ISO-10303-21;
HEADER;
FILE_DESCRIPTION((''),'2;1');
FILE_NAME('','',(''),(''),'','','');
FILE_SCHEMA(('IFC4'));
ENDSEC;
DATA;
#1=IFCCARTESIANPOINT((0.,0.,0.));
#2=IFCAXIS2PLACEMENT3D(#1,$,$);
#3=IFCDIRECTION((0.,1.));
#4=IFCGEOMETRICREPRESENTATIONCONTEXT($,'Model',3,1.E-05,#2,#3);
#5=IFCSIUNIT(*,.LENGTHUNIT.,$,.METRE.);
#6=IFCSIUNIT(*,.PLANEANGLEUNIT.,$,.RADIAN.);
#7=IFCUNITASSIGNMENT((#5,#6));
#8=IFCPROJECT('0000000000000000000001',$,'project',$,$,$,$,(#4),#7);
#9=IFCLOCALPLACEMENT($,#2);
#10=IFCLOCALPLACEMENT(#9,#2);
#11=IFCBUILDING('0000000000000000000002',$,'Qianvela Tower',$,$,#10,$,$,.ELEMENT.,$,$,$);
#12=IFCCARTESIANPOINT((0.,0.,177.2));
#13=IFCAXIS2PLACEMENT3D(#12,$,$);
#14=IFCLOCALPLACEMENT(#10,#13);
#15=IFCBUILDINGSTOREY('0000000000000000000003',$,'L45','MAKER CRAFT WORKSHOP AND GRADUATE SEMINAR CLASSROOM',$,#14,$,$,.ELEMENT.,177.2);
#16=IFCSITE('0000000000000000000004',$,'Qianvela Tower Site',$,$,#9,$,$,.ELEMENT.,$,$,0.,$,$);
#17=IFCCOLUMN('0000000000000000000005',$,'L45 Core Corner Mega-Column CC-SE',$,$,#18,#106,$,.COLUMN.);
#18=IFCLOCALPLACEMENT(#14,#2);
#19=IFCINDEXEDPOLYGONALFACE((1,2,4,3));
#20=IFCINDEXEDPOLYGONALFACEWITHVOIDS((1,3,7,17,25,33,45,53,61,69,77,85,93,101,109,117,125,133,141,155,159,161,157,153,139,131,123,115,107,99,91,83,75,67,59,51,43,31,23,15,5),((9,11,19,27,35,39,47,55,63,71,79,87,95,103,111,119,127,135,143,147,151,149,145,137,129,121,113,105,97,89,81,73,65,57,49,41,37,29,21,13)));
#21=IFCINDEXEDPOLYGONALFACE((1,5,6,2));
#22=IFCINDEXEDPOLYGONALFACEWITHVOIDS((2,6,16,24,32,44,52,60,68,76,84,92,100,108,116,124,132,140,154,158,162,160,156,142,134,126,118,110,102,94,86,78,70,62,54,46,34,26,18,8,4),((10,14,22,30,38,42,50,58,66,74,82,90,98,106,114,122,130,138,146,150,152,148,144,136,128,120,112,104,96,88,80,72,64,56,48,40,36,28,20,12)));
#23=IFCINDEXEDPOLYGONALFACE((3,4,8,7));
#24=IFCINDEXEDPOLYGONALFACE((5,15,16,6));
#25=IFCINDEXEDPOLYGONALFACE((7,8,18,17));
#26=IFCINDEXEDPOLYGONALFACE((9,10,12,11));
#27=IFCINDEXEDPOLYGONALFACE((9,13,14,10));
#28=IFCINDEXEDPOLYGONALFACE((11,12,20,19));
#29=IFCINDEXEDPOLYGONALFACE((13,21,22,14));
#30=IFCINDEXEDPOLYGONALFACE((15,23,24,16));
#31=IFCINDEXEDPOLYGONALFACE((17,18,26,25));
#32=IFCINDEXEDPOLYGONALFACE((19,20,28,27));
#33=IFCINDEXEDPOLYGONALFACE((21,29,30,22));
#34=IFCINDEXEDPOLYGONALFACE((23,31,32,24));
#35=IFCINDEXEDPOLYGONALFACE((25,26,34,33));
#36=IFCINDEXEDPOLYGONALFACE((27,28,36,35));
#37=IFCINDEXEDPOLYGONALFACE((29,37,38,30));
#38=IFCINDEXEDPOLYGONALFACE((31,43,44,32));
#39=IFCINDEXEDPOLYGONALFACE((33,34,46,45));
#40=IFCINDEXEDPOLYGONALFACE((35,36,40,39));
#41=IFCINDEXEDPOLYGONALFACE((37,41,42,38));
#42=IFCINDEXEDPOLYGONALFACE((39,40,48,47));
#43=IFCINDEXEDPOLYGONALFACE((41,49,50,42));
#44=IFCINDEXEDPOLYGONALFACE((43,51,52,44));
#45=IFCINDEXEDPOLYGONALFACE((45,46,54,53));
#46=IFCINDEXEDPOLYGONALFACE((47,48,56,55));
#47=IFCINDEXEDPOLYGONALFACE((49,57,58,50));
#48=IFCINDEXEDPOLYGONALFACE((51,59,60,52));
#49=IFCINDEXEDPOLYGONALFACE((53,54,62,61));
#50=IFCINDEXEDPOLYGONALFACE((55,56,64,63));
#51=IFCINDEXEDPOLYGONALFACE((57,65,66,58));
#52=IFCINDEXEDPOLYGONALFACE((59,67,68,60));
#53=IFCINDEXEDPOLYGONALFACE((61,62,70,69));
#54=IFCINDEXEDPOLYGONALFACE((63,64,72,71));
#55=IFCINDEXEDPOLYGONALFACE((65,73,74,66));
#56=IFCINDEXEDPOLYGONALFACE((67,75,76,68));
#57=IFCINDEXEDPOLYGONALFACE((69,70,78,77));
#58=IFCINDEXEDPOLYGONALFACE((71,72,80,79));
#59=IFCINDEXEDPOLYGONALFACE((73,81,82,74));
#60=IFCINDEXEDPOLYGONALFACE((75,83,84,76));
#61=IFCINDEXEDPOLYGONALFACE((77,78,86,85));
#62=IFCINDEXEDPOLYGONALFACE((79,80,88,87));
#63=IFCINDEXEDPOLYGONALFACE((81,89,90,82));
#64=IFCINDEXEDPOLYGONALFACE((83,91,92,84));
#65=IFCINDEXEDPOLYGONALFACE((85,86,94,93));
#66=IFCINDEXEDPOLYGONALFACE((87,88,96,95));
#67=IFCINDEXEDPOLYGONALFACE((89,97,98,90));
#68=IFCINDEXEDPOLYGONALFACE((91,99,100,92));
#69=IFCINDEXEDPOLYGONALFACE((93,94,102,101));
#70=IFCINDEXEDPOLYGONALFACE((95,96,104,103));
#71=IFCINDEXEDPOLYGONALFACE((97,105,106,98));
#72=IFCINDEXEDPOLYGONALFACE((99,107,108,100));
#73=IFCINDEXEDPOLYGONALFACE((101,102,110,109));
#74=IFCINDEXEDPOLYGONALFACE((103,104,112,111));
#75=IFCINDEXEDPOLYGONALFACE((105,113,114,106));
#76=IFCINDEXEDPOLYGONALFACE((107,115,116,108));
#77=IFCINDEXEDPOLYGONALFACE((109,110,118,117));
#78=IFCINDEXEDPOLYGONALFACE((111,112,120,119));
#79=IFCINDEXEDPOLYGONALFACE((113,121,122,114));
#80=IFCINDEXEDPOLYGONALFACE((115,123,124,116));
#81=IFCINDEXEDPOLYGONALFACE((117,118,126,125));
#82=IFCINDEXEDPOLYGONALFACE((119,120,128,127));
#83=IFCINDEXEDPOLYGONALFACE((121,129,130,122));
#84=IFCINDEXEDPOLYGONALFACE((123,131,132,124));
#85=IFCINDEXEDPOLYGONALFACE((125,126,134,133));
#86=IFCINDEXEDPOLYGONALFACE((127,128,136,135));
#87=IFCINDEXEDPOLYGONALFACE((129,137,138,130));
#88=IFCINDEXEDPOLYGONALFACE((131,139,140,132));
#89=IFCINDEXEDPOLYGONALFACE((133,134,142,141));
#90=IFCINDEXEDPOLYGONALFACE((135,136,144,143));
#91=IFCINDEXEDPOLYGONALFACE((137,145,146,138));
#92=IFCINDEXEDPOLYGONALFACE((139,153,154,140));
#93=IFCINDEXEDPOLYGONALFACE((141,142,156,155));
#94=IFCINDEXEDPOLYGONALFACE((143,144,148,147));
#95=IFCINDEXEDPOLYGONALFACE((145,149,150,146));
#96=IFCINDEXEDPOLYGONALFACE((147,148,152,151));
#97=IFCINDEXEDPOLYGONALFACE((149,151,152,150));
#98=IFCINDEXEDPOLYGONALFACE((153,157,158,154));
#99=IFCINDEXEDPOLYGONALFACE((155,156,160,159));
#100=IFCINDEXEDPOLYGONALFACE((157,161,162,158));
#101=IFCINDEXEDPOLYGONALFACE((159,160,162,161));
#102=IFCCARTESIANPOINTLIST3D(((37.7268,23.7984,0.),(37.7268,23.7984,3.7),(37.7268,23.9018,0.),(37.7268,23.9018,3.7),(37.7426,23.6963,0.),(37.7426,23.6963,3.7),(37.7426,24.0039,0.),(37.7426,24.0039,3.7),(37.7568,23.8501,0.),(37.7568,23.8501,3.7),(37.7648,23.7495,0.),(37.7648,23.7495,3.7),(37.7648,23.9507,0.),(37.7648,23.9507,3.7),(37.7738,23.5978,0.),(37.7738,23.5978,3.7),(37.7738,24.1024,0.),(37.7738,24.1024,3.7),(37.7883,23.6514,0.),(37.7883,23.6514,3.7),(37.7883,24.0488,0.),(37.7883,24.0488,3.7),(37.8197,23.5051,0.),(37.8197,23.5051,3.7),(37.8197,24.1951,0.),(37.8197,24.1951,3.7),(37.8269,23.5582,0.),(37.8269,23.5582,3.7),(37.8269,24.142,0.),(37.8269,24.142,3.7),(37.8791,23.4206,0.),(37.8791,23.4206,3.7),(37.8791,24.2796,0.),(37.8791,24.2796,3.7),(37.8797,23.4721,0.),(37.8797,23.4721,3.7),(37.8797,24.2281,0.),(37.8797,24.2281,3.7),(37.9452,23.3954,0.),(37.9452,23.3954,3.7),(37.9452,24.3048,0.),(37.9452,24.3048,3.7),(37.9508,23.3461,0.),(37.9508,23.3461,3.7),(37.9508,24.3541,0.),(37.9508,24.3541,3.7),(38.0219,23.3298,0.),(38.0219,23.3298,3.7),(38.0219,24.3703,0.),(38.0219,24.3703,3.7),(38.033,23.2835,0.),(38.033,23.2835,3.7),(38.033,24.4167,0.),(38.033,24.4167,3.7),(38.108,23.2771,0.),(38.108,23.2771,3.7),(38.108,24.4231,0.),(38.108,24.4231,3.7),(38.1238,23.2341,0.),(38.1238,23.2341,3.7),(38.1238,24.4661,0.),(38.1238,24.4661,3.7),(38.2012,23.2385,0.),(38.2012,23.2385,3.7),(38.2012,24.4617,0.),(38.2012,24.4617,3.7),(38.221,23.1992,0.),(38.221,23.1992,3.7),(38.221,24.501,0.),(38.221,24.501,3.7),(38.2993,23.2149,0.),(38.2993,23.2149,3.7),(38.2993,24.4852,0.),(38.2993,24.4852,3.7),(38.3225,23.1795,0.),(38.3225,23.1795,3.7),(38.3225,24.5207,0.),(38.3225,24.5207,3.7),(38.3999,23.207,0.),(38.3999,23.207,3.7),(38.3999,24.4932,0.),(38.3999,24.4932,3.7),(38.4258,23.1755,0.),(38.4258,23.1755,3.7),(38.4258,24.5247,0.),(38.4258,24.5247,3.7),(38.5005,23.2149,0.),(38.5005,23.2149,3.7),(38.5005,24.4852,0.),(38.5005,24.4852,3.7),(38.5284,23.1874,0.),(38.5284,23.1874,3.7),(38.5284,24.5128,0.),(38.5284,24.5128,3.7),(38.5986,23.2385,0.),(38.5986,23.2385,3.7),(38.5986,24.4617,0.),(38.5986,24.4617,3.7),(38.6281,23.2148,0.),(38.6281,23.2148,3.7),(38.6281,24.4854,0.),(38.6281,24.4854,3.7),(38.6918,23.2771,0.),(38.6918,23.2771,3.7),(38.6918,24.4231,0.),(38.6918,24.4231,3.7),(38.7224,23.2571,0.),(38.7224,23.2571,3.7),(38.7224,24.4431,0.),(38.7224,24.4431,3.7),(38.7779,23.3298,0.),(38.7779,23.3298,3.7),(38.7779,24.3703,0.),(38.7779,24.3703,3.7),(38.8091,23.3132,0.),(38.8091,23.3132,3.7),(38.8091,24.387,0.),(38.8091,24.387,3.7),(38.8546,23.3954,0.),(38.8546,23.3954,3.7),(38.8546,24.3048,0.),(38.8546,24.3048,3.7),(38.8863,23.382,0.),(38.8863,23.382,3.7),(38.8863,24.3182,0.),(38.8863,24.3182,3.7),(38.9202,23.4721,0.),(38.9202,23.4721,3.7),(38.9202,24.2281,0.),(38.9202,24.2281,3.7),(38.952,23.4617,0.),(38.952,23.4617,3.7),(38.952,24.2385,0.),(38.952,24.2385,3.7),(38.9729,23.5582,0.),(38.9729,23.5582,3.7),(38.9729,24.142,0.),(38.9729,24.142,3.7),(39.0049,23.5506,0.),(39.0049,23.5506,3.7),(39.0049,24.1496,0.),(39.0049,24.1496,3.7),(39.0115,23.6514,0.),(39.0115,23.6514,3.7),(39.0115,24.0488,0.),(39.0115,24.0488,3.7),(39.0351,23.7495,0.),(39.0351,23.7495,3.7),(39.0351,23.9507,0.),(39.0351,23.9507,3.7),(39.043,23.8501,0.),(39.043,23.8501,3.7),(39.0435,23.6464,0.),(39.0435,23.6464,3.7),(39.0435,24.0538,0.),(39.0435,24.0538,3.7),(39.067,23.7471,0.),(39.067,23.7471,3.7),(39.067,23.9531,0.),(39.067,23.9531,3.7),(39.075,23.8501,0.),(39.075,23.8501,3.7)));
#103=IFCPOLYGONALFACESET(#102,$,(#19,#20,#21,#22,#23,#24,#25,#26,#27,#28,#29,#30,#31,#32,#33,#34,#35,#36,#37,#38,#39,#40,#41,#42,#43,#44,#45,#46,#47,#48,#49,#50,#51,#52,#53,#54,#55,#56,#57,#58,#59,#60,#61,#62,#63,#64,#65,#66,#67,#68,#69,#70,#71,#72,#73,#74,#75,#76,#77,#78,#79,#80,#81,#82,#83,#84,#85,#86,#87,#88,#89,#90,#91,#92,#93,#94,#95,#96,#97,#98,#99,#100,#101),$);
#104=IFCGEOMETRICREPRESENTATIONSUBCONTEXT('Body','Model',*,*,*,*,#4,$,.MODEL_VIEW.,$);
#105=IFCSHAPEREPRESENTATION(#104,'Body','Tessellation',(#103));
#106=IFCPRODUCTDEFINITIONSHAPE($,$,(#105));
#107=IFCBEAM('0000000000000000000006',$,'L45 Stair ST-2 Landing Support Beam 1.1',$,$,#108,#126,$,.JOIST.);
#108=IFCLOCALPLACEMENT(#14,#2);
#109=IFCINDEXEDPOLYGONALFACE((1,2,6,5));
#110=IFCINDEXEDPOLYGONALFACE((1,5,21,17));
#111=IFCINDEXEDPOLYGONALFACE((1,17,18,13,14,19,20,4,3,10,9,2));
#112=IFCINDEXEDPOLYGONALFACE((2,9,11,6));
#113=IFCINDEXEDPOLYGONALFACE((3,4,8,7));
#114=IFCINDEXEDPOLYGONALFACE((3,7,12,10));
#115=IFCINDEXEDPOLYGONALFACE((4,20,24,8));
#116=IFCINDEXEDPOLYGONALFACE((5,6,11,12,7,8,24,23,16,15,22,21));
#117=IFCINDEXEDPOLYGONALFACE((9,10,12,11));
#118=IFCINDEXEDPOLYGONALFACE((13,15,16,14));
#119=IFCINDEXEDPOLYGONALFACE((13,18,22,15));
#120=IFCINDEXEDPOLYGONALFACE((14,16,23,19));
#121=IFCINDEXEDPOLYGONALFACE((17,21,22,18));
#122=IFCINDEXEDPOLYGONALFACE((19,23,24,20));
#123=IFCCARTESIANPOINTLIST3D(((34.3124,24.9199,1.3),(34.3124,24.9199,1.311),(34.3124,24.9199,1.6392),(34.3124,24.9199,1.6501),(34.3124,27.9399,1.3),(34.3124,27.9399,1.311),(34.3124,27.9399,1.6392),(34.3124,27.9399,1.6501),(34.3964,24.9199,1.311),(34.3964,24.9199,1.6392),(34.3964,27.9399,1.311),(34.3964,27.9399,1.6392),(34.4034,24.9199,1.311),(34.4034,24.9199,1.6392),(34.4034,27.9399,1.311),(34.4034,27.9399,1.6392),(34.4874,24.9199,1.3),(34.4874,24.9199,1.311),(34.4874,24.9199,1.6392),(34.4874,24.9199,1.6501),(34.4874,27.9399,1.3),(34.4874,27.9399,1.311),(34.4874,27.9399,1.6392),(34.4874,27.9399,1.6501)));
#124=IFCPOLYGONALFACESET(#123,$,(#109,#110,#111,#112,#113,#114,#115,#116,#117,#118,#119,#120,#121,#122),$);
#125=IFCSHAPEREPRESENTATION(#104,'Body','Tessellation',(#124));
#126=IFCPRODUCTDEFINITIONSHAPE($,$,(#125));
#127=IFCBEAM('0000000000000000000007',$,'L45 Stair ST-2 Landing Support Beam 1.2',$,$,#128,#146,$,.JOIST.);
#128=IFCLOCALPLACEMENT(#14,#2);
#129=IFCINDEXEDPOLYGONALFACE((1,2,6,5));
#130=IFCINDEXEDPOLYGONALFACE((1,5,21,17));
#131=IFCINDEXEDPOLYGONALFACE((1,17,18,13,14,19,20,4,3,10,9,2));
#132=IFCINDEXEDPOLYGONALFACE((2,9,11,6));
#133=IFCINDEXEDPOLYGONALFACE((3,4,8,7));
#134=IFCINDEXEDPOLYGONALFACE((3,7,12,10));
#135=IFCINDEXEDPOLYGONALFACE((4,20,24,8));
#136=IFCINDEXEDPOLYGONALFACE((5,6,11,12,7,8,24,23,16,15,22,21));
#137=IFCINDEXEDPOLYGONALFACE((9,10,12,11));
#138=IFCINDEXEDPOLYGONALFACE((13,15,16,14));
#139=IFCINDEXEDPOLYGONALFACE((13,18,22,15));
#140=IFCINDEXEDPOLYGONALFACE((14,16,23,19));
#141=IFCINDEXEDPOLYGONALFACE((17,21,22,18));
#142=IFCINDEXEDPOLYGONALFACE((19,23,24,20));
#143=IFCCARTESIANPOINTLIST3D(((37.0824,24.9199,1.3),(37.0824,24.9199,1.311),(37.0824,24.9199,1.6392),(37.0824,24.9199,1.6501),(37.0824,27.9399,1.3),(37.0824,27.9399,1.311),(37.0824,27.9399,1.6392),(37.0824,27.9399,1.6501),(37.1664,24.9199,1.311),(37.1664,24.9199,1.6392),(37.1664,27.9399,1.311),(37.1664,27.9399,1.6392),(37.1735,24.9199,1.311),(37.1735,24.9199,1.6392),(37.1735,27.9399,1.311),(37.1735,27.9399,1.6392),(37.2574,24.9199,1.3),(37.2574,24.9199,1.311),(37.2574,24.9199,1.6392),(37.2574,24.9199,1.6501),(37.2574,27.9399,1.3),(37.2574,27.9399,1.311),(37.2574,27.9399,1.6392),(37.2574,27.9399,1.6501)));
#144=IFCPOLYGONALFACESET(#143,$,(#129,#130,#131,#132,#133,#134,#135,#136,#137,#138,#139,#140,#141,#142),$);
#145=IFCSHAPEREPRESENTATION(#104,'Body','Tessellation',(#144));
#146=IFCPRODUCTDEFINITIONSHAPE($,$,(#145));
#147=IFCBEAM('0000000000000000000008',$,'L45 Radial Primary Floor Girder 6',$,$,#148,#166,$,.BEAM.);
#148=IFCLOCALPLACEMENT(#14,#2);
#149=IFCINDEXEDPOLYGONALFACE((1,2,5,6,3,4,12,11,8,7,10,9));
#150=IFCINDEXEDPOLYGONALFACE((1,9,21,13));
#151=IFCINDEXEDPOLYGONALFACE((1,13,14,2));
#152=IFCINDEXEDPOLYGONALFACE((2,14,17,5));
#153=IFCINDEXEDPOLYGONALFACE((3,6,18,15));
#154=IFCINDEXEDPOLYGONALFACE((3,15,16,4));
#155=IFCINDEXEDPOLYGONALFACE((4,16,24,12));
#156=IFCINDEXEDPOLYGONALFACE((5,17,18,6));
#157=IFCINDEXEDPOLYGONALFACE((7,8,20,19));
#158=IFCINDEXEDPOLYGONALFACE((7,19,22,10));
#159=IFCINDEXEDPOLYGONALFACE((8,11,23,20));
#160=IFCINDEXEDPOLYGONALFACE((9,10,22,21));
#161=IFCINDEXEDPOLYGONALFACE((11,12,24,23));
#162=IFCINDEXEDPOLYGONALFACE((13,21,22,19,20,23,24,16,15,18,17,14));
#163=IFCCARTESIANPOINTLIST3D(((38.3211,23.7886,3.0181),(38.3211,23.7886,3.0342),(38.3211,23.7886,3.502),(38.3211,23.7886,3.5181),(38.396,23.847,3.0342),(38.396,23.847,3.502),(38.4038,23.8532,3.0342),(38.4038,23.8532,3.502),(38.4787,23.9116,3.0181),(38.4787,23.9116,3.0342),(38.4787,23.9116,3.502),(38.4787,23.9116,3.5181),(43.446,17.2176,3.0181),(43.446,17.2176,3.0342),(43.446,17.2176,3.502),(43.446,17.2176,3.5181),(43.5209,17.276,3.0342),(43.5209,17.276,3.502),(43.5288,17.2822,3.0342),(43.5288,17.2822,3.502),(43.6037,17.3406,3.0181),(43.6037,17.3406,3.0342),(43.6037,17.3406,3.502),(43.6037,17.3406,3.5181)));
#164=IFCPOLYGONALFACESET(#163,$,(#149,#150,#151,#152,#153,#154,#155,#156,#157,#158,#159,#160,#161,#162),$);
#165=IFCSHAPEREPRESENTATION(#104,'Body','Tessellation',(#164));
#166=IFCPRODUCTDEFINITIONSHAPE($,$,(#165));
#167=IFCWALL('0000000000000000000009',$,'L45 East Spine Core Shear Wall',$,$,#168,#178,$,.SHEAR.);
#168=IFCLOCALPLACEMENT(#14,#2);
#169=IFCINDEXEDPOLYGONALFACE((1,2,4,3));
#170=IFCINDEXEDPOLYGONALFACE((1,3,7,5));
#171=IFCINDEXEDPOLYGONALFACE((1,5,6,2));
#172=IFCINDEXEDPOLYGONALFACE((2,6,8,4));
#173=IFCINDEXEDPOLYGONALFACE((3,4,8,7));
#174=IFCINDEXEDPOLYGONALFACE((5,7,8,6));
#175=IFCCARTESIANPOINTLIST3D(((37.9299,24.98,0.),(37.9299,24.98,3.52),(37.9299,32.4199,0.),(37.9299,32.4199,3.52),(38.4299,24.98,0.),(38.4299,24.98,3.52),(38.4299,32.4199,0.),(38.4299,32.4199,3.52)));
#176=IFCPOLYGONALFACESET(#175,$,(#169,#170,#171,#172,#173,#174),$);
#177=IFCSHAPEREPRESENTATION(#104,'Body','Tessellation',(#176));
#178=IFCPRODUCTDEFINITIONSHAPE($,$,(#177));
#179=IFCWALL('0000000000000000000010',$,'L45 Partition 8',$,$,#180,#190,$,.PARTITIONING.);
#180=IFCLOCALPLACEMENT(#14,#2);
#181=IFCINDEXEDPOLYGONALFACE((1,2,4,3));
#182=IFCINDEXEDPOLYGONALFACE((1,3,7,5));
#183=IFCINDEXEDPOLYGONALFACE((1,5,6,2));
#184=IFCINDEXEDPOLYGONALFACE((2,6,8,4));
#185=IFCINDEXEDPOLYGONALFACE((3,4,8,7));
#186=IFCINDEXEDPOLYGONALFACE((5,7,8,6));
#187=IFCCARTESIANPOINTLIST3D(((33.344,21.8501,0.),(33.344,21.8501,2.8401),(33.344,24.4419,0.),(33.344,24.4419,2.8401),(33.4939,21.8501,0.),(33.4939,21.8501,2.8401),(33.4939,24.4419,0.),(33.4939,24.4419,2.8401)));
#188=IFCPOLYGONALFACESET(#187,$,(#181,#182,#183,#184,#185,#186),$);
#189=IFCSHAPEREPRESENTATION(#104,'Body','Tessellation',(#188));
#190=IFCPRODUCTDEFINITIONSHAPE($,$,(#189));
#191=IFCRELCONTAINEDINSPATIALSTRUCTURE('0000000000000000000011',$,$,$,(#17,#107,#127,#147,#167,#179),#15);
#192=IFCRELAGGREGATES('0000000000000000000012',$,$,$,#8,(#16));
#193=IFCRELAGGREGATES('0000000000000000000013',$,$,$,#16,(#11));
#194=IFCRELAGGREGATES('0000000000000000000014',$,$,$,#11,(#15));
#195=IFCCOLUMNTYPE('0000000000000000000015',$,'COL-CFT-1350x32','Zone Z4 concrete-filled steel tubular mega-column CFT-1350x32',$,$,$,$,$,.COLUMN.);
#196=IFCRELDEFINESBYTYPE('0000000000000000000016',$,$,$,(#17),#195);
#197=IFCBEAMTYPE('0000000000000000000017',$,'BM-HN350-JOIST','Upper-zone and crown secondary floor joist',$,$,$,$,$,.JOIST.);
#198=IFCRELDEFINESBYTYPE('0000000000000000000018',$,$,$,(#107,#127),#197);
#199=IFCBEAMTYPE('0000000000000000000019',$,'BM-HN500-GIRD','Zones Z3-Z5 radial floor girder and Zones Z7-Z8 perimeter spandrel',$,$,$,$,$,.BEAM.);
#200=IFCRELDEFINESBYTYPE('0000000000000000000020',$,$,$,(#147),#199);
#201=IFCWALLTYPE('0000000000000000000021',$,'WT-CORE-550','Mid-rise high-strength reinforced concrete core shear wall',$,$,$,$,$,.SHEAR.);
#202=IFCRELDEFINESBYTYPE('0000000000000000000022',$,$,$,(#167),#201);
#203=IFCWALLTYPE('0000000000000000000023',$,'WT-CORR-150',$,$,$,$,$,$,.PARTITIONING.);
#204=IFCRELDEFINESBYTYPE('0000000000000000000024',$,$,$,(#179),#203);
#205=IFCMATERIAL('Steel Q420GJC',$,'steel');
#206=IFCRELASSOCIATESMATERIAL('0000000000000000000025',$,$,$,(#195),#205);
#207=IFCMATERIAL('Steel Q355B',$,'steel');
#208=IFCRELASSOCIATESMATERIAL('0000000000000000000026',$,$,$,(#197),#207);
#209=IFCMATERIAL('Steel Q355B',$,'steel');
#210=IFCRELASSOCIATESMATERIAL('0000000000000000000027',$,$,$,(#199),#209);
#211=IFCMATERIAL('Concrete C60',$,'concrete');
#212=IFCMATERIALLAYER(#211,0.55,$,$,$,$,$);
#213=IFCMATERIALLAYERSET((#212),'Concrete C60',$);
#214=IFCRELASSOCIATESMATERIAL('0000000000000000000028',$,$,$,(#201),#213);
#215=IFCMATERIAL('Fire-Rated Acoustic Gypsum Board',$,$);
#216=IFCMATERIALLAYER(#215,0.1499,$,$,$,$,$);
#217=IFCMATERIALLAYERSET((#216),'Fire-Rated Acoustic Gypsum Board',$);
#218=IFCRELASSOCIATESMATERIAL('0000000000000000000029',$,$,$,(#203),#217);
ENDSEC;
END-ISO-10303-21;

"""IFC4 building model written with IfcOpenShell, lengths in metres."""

from ifc_helpers import new_model, si_unit, direction, frame, frame_2d, origin, origin_2d, place, context, subcontext, project, spatial, rectangle, hollow_circle, i_section, extrude, material, layer, layer_set, material_profile, profile_set, type_object, element, save


model = new_model("IFC4")

# Units and contexts
model_context = context("Model", 3, precision=1e-05, world=origin(), true_north=direction((0.0, 1.0)))
body_context = subcontext(model_context, "Body", "Model", "MODEL_VIEW")
ifc_project = project(units=[si_unit("LENGTHUNIT", "METRE"), si_unit("PLANEANGLEUNIT", "RADIAN")], contexts=[model_context])

# Site, building, storey
site_placement = place(None, origin())
site = spatial("IfcSite", under=ifc_project, at=site_placement, Name="Qianvela Tower Site", CompositionType="ELEMENT", RefElevation=0.0)
building_placement = place(site_placement, origin())
building = spatial("IfcBuilding", under=site, at=building_placement, Name="Qianvela Tower", CompositionType="ELEMENT")
storey_placement = place(building_placement, frame((0.0, 0.0, 177.2)))
storey = spatial("IfcBuildingStorey", under=building, at=storey_placement, Name="L45", Description="MAKER CRAFT WORKSHOP AND GRADUATE SEMINAR CLASSROOM", CompositionType="ELEMENT", Elevation=177.2)

# Column
ifc_material_1 = material(Name="Steel Q420GJC", Category="steel")
ifc_material_profile_1 = material_profile(ifc_material_1, hollow_circle(Radius=0.675, WallThickness=0.032, at=origin_2d()), Name="CFT-1350x32")
ifc_profile_set_1 = profile_set([ifc_material_profile_1], Name="Steel Q420GJC")
column_type = type_object("IfcColumnType", Name="COL-CFT-1350x32", Description="Zone Z4 concrete-filled steel tubular mega-column CFT-1350x32", PredefinedType="COLUMN", material=ifc_profile_set_1)
column_placement = place(storey_placement, frame((38.3999, 23.8501, 0.0), z_axis=(0.0, 0.0, 1.0), x_axis=(1.0, 0.0, 0.0)))
element("IfcColumn", 1, at=column_placement, inside=storey, type_object=column_type, Name="L45 Core Corner Mega-Column CC-SE", PredefinedType="COLUMN", context=body_context, shape_type="SweptSolid", body=[
    extrude(hollow_circle(Radius=0.675, WallThickness=0.032, at=origin_2d()), origin(), (0.0, 0.0, 1.0), 3.7),
])

# Beams
ifc_material_2 = material(Name="Steel Q355B", Category="steel")
ifc_material_profile_2 = material_profile(ifc_material_2, i_section(OverallWidth=0.175, OverallDepth=0.3501, WebThickness=0.0071, FlangeThickness=0.011, at=origin_2d()), Name="HN350x175x7x11")
ifc_profile_set_2 = profile_set([ifc_material_profile_2], Name="Steel Q355B")
beam_type_1 = type_object("IfcBeamType", Name="BM-HN350-JOIST", Description="Upper-zone and crown secondary floor joist", PredefinedType="JOIST", material=ifc_profile_set_2)
for number, where, z_axis, x_axis, name in (
    (2, (34.3999, 24.9199, 1.4751), (0.0, 1.0, 0.0), (-1.0, 0.0, 0.0), "L45 Stair ST-2 Landing Support Beam 1.1"),
    (3, (37.1699, 24.9199, 1.4751), (0.0, 1.0, 0.0), (-1.0, 0.0, 0.0), "L45 Stair ST-2 Landing Support Beam 1.2"),
):
    element("IfcBeam", number, at=place(storey_placement, frame(where, z_axis=z_axis, x_axis=x_axis)), inside=storey, type_object=beam_type_1, Name=name, PredefinedType="JOIST", context=body_context, shape_type="SweptSolid", body=[
        extrude(i_section(OverallWidth=0.175, OverallDepth=0.3501, WebThickness=0.0071, FlangeThickness=0.011, at=origin_2d()), origin(), (0.0, 0.0, 1.0), 3.02),
    ])
ifc_material_3 = material(Name="Steel Q355B", Category="steel")
ifc_material_profile_3 = material_profile(ifc_material_3, i_section(OverallWidth=0.2, OverallDepth=0.5, WebThickness=0.01, FlangeThickness=0.0161, at=origin_2d()), Name="HN500x200x10x16")
ifc_profile_set_3 = profile_set([ifc_material_profile_3], Name="Steel Q355B")
beam_type_2 = type_object("IfcBeamType", Name="BM-HN500-GIRD", Description="Zones Z3-Z5 radial floor girder and Zones Z7-Z8 perimeter spandrel", PredefinedType="BEAM", material=ifc_profile_set_3)
beam_placement = place(storey_placement, frame((38.3999, 23.8501, 3.2681), z_axis=(0.615001, -0.788526, 0.0), x_axis=(0.788526, 0.615001, 0.0)))
element("IfcBeam", 4, at=beam_placement, inside=storey, type_object=beam_type_2, Name="L45 Radial Primary Floor Girder 6", PredefinedType="BEAM", context=body_context, shape_type="SweptSolid", body=[
    extrude(i_section(OverallWidth=0.2, OverallDepth=0.5, WebThickness=0.01, FlangeThickness=0.0161, at=origin_2d()), origin(), (0.0, 0.0, 1.0), 8.3333),
])

# Walls
ifc_material_4 = material(Name="Concrete C60", Category="concrete")
ifc_layer_1 = layer(ifc_material_4, 0.55)
ifc_layer_set_1 = layer_set([ifc_layer_1], Name="Concrete C60")
wall_type_1 = type_object("IfcWallType", Name="WT-CORE-550", Description="Mid-rise high-strength reinforced concrete core shear wall", PredefinedType="SHEAR", material=ifc_layer_set_1)
wall_1_placement = place(storey_placement, frame((38.1799, 24.98, 0.0), z_axis=(0.0, 0.0, 1.0), x_axis=(0.0, 1.0, 0.0)))
element("IfcWall", 5, at=wall_1_placement, inside=storey, type_object=wall_type_1, Name="L45 East Spine Core Shear Wall", PredefinedType="SHEAR", context=body_context, shape_type="SweptSolid", body=[
    extrude(rectangle(XDim=7.4399, YDim=0.5, at=frame_2d((3.72, 0.0))), origin(), (0.0, 0.0, 1.0), 3.52),
])
ifc_material_5 = material(Name="Fire-Rated Acoustic Gypsum Board")
ifc_layer_2 = layer(ifc_material_5, 0.1499)
ifc_layer_set_2 = layer_set([ifc_layer_2], Name="Fire-Rated Acoustic Gypsum Board")
wall_type_2 = type_object("IfcWallType", Name="WT-CORR-150", PredefinedType="PARTITIONING", material=ifc_layer_set_2)
wall_2_placement = place(storey_placement, frame((33.4189, 24.4419, 0.0), z_axis=(0.0, 0.0, 1.0), x_axis=(0.0, -1.0, 0.0)))
element("IfcWall", 6, at=wall_2_placement, inside=storey, type_object=wall_type_2, Name="L45 Partition 8", PredefinedType="PARTITIONING", context=body_context, shape_type="SweptSolid", body=[
    extrude(rectangle(XDim=2.5918, YDim=0.1499, at=frame_2d((1.2959, 0.0))), origin(), (0.0, 0.0, 1.0), 2.8401),
])

save(model, "model.ifc")
